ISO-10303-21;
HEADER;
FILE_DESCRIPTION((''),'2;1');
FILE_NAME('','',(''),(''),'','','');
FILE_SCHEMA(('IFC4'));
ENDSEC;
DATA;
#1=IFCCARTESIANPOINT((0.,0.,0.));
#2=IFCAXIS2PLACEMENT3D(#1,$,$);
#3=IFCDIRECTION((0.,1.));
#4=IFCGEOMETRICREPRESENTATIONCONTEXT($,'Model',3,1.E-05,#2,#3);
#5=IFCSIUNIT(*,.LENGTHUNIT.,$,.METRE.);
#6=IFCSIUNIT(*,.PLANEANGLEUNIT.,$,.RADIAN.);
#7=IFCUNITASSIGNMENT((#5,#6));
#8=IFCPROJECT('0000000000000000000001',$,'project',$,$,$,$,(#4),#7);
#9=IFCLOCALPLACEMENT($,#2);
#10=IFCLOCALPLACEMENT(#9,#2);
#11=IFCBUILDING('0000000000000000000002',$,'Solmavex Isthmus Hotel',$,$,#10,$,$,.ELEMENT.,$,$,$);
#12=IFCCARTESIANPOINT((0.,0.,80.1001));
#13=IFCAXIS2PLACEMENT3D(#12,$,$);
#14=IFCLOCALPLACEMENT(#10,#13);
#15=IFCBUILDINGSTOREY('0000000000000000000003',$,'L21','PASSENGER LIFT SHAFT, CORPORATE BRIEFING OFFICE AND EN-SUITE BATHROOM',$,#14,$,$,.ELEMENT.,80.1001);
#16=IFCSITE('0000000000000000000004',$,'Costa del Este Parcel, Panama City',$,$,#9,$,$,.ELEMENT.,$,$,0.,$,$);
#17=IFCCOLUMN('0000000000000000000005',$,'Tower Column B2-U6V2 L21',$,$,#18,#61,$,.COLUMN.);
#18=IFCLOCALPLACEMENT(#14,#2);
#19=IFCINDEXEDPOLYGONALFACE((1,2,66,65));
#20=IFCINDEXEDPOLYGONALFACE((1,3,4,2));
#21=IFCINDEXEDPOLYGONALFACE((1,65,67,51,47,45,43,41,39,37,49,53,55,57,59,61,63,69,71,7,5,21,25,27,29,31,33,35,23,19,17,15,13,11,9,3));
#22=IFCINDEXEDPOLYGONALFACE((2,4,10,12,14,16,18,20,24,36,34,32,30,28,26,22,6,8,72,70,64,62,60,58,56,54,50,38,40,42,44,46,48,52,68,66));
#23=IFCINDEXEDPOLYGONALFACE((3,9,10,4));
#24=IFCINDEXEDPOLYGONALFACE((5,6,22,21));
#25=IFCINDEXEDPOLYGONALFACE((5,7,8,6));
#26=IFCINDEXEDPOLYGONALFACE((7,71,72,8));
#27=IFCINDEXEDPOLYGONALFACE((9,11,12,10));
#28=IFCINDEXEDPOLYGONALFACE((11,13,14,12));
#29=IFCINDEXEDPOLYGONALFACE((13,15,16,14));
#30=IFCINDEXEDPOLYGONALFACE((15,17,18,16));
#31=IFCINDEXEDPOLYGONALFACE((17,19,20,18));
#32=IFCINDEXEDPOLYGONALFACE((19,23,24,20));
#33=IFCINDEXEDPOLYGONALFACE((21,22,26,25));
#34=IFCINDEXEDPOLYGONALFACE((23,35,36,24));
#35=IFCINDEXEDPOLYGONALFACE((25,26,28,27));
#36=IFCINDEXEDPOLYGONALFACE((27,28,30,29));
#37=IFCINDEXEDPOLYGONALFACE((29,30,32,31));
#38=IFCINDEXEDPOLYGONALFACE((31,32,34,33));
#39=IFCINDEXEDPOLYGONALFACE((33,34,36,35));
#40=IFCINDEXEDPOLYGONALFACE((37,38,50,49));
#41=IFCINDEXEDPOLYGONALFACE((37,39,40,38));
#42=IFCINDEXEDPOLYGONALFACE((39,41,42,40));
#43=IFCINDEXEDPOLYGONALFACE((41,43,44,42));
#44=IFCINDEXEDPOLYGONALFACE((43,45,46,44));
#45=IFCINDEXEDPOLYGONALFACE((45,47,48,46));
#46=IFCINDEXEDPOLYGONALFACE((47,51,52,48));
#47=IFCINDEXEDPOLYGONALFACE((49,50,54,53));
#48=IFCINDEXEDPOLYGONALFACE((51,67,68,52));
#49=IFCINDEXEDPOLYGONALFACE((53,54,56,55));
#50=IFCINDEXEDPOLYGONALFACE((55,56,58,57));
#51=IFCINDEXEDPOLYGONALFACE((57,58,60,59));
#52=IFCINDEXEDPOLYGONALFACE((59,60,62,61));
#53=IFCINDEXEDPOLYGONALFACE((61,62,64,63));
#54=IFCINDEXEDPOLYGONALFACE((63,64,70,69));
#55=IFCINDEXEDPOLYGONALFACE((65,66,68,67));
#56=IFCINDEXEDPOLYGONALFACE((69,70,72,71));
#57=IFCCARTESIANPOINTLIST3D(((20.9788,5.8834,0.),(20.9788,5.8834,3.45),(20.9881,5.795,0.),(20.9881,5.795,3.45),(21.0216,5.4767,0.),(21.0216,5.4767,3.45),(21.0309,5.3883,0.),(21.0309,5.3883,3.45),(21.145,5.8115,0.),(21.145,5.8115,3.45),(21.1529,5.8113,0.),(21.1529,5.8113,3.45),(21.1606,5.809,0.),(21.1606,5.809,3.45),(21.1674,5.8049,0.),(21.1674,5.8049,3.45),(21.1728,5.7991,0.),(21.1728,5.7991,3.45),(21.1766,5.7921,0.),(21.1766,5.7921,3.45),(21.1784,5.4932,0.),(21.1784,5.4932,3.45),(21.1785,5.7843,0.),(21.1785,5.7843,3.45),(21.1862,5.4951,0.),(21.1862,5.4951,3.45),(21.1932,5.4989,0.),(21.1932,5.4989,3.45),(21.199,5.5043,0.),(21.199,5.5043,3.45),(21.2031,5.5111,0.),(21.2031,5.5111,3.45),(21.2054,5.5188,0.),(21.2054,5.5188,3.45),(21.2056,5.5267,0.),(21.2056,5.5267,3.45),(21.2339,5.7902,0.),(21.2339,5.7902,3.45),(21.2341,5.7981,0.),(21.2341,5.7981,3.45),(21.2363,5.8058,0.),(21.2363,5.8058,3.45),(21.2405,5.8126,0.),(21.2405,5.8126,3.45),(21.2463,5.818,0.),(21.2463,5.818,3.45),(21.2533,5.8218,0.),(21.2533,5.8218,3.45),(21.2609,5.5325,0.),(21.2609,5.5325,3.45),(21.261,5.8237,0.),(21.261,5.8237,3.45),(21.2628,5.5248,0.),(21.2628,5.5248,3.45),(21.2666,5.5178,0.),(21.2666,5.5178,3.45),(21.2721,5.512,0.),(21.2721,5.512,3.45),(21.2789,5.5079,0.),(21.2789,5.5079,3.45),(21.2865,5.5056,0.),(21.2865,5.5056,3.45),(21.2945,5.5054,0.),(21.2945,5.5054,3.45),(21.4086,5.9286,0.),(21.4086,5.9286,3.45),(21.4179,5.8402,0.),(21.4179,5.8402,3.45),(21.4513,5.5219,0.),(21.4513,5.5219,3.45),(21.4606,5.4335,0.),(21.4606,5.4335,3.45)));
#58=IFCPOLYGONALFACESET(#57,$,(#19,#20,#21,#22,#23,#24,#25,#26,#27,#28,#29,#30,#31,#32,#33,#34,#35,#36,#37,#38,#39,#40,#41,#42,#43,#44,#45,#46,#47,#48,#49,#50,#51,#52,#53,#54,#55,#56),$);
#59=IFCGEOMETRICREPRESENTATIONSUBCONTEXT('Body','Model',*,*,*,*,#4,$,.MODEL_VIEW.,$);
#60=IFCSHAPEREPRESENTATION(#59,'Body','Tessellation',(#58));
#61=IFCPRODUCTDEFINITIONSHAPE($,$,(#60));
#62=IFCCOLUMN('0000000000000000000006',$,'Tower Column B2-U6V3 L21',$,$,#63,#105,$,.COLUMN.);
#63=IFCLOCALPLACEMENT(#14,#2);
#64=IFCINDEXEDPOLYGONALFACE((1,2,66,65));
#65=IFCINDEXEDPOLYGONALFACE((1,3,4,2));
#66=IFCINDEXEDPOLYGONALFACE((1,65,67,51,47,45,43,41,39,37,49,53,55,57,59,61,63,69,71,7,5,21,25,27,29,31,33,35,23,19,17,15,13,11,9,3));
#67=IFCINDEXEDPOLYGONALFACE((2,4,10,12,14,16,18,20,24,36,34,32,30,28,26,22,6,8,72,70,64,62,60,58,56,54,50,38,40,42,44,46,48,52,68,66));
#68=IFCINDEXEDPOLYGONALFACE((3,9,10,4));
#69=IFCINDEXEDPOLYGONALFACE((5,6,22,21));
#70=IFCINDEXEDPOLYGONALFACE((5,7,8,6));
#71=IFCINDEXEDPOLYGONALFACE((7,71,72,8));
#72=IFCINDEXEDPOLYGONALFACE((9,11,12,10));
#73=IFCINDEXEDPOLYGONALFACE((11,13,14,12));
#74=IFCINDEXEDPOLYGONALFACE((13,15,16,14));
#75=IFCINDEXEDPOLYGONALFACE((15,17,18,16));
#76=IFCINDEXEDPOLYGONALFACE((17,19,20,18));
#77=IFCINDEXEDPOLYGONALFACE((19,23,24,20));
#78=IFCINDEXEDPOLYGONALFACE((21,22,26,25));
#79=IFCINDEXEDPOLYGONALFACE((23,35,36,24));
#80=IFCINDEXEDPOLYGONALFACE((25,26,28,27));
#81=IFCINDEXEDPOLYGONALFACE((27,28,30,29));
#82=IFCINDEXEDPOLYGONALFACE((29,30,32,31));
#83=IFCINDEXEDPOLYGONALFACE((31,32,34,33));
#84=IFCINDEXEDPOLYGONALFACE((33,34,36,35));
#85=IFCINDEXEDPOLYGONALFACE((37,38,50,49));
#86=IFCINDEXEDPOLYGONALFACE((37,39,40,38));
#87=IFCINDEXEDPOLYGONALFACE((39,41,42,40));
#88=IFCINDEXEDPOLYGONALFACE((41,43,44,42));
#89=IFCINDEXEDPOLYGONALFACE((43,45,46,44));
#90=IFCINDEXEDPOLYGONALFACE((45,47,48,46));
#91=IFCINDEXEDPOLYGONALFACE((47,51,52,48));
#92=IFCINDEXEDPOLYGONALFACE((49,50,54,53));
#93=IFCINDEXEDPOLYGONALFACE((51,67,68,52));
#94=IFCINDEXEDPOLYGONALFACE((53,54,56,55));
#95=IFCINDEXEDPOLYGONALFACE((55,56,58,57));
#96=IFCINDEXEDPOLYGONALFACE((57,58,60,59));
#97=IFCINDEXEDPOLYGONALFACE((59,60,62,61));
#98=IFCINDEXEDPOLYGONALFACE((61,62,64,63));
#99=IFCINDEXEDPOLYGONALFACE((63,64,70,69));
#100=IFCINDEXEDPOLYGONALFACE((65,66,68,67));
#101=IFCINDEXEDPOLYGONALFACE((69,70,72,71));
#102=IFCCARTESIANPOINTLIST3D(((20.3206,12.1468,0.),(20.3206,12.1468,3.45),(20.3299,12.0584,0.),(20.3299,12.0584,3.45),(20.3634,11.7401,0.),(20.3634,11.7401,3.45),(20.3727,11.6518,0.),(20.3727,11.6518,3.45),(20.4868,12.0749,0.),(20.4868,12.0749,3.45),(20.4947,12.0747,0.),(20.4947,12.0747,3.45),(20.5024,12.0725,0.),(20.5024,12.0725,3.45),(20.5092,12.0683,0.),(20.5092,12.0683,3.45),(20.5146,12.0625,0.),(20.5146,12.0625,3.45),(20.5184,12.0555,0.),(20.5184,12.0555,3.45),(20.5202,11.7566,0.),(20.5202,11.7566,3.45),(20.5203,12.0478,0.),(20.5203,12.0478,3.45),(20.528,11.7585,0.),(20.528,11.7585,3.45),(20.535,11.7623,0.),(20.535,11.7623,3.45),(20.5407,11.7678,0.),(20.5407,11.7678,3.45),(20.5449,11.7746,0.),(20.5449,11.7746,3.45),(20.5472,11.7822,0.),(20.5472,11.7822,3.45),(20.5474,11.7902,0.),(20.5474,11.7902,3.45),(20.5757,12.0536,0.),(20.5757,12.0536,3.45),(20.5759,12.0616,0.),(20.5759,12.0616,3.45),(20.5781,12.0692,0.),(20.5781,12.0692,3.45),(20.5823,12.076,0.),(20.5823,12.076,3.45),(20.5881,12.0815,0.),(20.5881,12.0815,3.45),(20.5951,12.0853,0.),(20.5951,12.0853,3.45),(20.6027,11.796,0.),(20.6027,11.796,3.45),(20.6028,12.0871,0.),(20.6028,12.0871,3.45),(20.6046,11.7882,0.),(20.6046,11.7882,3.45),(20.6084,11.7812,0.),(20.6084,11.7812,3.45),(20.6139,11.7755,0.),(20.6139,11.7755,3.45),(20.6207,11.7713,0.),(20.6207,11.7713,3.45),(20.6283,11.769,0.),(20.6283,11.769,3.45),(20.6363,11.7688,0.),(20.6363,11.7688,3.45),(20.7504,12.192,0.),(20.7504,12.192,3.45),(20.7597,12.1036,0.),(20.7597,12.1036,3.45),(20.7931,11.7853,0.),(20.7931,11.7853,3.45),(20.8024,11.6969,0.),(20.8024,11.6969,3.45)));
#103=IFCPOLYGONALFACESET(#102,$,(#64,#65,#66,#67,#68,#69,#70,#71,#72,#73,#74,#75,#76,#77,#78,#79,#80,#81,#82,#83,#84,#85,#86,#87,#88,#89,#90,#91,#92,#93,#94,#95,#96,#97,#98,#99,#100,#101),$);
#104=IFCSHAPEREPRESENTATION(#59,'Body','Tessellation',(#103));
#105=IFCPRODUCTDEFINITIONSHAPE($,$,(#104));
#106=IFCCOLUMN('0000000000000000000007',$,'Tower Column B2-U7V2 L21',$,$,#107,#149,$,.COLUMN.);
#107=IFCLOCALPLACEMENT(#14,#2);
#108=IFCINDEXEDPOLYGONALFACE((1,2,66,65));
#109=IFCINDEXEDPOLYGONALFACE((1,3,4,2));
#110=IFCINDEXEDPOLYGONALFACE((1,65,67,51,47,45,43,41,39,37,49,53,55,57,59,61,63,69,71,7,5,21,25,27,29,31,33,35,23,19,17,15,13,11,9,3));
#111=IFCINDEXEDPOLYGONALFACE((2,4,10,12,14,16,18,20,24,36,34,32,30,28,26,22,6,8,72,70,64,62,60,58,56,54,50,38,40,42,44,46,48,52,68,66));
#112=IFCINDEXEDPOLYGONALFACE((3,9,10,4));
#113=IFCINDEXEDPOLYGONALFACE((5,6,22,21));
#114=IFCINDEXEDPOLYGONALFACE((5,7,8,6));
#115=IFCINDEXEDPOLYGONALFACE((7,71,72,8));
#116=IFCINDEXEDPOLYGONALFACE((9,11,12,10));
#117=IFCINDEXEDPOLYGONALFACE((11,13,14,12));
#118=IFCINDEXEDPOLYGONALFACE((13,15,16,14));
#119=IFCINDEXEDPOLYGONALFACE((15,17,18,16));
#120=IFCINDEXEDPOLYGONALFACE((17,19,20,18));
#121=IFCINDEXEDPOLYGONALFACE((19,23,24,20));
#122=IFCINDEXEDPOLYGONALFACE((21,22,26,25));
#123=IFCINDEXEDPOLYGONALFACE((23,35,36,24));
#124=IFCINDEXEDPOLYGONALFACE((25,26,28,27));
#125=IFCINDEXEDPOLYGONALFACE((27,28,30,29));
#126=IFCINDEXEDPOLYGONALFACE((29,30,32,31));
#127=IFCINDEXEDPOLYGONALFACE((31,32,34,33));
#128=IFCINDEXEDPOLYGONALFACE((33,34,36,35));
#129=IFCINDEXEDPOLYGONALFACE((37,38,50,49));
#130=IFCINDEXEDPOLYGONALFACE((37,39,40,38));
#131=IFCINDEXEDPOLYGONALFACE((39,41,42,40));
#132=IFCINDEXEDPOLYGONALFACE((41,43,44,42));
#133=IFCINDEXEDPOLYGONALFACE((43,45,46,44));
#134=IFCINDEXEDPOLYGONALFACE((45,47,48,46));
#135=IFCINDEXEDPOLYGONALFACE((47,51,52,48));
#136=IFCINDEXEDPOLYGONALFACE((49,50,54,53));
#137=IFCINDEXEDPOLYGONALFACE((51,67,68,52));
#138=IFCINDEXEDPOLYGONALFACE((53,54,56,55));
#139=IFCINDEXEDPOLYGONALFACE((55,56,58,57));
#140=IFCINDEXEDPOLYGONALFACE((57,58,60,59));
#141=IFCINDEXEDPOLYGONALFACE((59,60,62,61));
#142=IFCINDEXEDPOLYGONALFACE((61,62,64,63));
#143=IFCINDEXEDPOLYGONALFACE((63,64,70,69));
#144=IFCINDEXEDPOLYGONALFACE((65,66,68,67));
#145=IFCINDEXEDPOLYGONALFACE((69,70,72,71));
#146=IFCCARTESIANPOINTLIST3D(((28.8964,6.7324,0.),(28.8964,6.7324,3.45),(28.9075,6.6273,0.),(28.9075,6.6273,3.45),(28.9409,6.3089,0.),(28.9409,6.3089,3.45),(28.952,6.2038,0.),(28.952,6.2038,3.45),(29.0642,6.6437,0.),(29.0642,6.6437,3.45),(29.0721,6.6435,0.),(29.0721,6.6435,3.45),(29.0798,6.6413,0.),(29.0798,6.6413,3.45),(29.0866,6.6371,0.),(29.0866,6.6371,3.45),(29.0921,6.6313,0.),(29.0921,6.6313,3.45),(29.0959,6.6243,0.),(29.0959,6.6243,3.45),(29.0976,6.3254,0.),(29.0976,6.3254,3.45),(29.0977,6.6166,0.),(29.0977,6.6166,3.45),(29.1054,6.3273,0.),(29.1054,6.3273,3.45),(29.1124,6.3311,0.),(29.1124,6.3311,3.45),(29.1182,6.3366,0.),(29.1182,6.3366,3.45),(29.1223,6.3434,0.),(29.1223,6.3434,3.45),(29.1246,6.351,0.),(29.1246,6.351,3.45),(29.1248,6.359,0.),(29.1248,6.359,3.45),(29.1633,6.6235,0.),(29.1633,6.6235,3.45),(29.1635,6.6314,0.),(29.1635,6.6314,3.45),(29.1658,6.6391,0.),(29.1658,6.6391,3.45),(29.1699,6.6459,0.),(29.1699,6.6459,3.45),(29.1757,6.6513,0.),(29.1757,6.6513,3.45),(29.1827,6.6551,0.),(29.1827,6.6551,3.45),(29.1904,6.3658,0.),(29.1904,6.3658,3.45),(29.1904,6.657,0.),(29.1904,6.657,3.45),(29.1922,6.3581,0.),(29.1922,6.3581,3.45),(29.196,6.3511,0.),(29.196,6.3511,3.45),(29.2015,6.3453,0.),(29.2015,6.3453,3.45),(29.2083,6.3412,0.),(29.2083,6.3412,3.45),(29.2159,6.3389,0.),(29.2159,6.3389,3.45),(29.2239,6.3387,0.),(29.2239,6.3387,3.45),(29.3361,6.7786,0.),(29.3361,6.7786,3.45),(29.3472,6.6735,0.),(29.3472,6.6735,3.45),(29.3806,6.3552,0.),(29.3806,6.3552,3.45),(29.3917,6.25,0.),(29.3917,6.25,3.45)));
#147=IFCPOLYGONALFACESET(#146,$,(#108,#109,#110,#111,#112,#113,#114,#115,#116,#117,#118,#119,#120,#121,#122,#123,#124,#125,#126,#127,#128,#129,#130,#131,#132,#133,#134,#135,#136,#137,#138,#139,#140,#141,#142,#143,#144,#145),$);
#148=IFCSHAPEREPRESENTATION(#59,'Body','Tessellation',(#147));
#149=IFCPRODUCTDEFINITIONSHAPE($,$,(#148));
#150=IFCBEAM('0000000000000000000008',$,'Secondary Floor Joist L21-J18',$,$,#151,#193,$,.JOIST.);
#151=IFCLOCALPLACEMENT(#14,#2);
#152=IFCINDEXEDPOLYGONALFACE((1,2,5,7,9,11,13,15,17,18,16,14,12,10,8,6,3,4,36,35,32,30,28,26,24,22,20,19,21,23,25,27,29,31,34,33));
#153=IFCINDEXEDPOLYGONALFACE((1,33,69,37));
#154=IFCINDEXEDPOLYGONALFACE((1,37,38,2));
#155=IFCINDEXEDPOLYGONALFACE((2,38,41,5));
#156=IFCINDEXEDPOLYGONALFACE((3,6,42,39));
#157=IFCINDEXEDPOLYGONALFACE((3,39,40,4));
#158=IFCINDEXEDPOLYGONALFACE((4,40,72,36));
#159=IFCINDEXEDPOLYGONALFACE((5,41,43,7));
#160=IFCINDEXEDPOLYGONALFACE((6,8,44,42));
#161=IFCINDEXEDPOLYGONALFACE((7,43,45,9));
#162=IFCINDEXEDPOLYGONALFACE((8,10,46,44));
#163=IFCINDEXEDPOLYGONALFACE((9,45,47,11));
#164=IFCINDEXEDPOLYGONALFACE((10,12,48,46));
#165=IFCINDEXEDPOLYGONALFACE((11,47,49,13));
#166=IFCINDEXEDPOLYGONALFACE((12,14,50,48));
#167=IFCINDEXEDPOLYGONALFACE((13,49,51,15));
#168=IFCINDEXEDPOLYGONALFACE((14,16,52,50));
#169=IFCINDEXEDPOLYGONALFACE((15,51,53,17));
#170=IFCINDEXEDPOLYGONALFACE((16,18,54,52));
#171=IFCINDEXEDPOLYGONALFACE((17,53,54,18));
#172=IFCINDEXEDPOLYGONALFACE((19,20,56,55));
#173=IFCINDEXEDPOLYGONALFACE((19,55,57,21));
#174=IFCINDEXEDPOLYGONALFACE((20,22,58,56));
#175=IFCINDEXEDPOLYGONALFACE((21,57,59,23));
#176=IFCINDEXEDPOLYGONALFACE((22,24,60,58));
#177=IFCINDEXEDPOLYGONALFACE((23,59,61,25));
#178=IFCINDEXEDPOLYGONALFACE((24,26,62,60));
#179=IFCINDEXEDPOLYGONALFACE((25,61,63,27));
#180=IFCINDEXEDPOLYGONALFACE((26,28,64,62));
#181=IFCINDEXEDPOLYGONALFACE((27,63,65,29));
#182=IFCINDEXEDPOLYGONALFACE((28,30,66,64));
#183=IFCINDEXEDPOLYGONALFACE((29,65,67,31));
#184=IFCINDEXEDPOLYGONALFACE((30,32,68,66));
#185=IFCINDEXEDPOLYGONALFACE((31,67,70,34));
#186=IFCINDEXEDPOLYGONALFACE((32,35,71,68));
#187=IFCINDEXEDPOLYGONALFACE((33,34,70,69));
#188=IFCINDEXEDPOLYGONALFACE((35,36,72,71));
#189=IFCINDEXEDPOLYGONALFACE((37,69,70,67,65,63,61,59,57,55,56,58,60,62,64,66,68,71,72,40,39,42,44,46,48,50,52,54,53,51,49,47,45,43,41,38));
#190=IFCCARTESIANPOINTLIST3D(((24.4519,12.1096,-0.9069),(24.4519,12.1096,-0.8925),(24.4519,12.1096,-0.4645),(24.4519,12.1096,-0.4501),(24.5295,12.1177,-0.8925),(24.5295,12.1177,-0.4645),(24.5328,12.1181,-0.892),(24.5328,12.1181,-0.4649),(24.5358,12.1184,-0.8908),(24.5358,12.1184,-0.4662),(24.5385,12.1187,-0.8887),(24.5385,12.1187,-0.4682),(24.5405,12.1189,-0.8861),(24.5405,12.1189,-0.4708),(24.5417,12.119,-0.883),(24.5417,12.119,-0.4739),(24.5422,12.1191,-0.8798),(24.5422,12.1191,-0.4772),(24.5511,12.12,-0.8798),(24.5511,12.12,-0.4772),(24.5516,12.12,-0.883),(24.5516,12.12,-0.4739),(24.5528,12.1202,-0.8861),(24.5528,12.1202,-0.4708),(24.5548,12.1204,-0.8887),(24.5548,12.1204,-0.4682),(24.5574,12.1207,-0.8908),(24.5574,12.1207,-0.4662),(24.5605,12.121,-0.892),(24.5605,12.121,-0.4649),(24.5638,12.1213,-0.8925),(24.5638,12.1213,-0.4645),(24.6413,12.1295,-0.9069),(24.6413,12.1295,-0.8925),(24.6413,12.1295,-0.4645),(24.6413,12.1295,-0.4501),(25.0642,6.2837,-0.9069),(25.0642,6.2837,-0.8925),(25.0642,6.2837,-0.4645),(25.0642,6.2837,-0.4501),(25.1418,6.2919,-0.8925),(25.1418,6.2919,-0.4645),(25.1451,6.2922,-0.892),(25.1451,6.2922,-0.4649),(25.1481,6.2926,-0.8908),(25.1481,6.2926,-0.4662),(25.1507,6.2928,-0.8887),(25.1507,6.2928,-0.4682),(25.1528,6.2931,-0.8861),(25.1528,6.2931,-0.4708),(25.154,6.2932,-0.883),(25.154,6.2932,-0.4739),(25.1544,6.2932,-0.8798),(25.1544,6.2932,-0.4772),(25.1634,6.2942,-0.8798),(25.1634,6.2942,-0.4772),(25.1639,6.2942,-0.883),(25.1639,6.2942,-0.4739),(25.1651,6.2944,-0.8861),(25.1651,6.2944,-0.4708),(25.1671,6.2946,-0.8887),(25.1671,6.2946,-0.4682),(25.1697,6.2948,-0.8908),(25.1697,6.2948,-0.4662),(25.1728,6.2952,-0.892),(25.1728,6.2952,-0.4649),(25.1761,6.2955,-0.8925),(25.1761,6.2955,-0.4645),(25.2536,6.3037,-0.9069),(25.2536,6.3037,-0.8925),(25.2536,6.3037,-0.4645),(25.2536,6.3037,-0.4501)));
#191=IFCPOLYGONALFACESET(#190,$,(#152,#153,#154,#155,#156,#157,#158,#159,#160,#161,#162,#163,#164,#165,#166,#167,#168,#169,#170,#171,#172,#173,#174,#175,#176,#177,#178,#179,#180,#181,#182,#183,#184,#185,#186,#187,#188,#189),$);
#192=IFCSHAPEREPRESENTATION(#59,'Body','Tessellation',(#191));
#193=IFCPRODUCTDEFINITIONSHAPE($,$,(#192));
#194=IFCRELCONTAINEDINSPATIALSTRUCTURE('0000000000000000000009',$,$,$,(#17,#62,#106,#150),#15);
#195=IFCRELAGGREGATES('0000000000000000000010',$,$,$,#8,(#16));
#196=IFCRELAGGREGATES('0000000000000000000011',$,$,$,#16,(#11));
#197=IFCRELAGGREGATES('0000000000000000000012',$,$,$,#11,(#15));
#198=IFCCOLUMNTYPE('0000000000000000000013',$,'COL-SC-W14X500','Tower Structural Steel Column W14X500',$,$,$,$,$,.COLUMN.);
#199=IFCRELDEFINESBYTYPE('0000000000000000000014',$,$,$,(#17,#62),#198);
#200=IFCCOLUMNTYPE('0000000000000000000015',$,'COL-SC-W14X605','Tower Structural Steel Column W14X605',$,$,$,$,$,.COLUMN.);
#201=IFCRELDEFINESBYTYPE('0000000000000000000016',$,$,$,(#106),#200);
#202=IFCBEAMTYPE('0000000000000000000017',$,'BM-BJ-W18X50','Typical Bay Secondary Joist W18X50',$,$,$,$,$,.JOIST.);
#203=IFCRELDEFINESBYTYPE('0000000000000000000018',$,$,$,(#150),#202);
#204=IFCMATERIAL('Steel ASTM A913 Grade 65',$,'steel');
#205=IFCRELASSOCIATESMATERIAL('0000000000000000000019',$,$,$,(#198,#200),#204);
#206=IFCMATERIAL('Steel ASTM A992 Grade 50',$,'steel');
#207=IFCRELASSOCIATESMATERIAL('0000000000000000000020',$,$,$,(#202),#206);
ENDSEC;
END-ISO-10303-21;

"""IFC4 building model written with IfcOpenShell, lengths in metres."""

from ifc_helpers import new_model, si_unit, direction, frame, origin, origin_2d, place, context, subcontext, project, spatial, i_section, extrude, material, material_profile, profile_set, type_object, element, save


model = new_model("IFC4")

# Units and contexts
model_context = context("Model", 3, precision=1e-05, world=origin(), true_north=direction((0.0, 1.0)))
body_context = subcontext(model_context, "Body", "Model", "MODEL_VIEW")
ifc_project = project(units=[si_unit("LENGTHUNIT", "METRE"), si_unit("PLANEANGLEUNIT", "RADIAN")], contexts=[model_context])

# Site, building, storey
site_placement = place(None, origin())
site = spatial("IfcSite", under=ifc_project, at=site_placement, Name="Costa del Este Parcel, Panama City", CompositionType="ELEMENT", RefElevation=0.0)
building_placement = place(site_placement, origin())
building = spatial("IfcBuilding", under=site, at=building_placement, Name="Solmavex Isthmus Hotel", CompositionType="ELEMENT")
storey_placement = place(building_placement, frame((0.0, 0.0, 80.1001)))
storey = spatial("IfcBuildingStorey", under=building, at=storey_placement, Name="L21", Description="PASSENGER LIFT SHAFT, CORPORATE BRIEFING OFFICE AND EN-SUITE BATHROOM", CompositionType="ELEMENT", Elevation=80.1001)

# Columns
ifc_material_1 = material(Name="Steel ASTM A913 Grade 65", Category="steel")
ifc_material_profile_1 = material_profile(ifc_material_1, i_section(OverallWidth=0.4321, OverallDepth=0.4978, WebThickness=0.0557, FlangeThickness=0.0889, FilletRadius=0.0305, at=origin_2d()), Name="W14X500")
ifc_profile_set_1 = profile_set([ifc_material_profile_1], Name="Steel ASTM A913 Grade 65")
column_type_1 = type_object("IfcColumnType", Name="COL-SC-W14X500", Description="Tower Structural Steel Column W14X500", PredefinedType="COLUMN", material=ifc_profile_set_1)
for number, where, z_axis, x_axis, name in (
    (1, (21.2197, 5.6584, 0.0), (0.0, 0.0, 1.0), (0.994522, 0.104528, 0.0), "Tower Column B2-U6V2 L21"),
    (2, (20.5615, 11.9219, 0.0), (0.0, 0.0, 1.0), (0.994522, 0.104528, 0.0), "Tower Column B2-U6V3 L21"),
):
    element("IfcColumn", number, at=place(storey_placement, frame(where, z_axis=z_axis, x_axis=x_axis)), inside=storey, type_object=column_type_1, Name=name, PredefinedType="COLUMN", context=body_context, shape_type="SweptSolid", body=[
        extrude(i_section(OverallWidth=0.4321, OverallDepth=0.4978, WebThickness=0.0557, FlangeThickness=0.0889, FilletRadius=0.0305, at=origin_2d()), origin(), (0.0, 0.0, 1.0), 3.45),
    ])
ifc_material_profile_2 = material_profile(ifc_material_1, i_section(OverallWidth=0.4421, OverallDepth=0.5315, WebThickness=0.0659, FlangeThickness=0.1057, FilletRadius=0.0305, at=origin_2d()), Name="W14X605")
ifc_profile_set_2 = profile_set([ifc_material_profile_2], Name="Steel ASTM A913 Grade 65")
column_type_2 = type_object("IfcColumnType", Name="COL-SC-W14X605", Description="Tower Structural Steel Column W14X605", PredefinedType="COLUMN", material=ifc_profile_set_2)
column_placement = place(storey_placement, frame((29.144, 6.4912, 0.0), z_axis=(0.0, 0.0, 1.0), x_axis=(0.994522, 0.104528, 0.0)))
element("IfcColumn", 3, at=column_placement, inside=storey, type_object=column_type_2, Name="Tower Column B2-U7V2 L21", PredefinedType="COLUMN", context=body_context, shape_type="SweptSolid", body=[
    extrude(i_section(OverallWidth=0.4421, OverallDepth=0.5315, WebThickness=0.0659, FlangeThickness=0.1057, FilletRadius=0.0305, at=origin_2d()), origin(), (0.0, 0.0, 1.0), 3.45),
])

# Beam
ifc_material_2 = material(Name="Steel ASTM A992 Grade 50", Category="steel")
ifc_material_profile_3 = material_profile(ifc_material_2, i_section(OverallWidth=0.1904, OverallDepth=0.4568, WebThickness=0.009, FlangeThickness=0.0144, FilletRadius=0.0127, at=origin_2d()), Name="W18X50")
ifc_profile_set_3 = profile_set([ifc_material_profile_3], Name="Steel ASTM A992 Grade 50")
beam_type_1 = type_object("IfcBeamType", Name="BM-BJ-W18X50", Description="Typical Bay Secondary Joist W18X50", PredefinedType="JOIST", material=ifc_profile_set_3)
beam_placement = place(storey_placement, frame((25.1589, 6.2937, -0.6785), z_axis=(-0.104524, 0.994522, 0.0), x_axis=(-0.994522, -0.104524, 0.0)))
element("IfcBeam", 4, at=beam_placement, inside=storey, type_object=beam_type_1, Name="Secondary Floor Joist L21-J18", PredefinedType="JOIST", context=body_context, shape_type="SweptSolid", body=[
    extrude(i_section(OverallWidth=0.1904, OverallDepth=0.4568, WebThickness=0.009, FlangeThickness=0.0144, FilletRadius=0.0127, at=origin_2d()), origin(), (0.0, 0.0, 1.0), 5.8579),
])

save(model, "model.ifc")
